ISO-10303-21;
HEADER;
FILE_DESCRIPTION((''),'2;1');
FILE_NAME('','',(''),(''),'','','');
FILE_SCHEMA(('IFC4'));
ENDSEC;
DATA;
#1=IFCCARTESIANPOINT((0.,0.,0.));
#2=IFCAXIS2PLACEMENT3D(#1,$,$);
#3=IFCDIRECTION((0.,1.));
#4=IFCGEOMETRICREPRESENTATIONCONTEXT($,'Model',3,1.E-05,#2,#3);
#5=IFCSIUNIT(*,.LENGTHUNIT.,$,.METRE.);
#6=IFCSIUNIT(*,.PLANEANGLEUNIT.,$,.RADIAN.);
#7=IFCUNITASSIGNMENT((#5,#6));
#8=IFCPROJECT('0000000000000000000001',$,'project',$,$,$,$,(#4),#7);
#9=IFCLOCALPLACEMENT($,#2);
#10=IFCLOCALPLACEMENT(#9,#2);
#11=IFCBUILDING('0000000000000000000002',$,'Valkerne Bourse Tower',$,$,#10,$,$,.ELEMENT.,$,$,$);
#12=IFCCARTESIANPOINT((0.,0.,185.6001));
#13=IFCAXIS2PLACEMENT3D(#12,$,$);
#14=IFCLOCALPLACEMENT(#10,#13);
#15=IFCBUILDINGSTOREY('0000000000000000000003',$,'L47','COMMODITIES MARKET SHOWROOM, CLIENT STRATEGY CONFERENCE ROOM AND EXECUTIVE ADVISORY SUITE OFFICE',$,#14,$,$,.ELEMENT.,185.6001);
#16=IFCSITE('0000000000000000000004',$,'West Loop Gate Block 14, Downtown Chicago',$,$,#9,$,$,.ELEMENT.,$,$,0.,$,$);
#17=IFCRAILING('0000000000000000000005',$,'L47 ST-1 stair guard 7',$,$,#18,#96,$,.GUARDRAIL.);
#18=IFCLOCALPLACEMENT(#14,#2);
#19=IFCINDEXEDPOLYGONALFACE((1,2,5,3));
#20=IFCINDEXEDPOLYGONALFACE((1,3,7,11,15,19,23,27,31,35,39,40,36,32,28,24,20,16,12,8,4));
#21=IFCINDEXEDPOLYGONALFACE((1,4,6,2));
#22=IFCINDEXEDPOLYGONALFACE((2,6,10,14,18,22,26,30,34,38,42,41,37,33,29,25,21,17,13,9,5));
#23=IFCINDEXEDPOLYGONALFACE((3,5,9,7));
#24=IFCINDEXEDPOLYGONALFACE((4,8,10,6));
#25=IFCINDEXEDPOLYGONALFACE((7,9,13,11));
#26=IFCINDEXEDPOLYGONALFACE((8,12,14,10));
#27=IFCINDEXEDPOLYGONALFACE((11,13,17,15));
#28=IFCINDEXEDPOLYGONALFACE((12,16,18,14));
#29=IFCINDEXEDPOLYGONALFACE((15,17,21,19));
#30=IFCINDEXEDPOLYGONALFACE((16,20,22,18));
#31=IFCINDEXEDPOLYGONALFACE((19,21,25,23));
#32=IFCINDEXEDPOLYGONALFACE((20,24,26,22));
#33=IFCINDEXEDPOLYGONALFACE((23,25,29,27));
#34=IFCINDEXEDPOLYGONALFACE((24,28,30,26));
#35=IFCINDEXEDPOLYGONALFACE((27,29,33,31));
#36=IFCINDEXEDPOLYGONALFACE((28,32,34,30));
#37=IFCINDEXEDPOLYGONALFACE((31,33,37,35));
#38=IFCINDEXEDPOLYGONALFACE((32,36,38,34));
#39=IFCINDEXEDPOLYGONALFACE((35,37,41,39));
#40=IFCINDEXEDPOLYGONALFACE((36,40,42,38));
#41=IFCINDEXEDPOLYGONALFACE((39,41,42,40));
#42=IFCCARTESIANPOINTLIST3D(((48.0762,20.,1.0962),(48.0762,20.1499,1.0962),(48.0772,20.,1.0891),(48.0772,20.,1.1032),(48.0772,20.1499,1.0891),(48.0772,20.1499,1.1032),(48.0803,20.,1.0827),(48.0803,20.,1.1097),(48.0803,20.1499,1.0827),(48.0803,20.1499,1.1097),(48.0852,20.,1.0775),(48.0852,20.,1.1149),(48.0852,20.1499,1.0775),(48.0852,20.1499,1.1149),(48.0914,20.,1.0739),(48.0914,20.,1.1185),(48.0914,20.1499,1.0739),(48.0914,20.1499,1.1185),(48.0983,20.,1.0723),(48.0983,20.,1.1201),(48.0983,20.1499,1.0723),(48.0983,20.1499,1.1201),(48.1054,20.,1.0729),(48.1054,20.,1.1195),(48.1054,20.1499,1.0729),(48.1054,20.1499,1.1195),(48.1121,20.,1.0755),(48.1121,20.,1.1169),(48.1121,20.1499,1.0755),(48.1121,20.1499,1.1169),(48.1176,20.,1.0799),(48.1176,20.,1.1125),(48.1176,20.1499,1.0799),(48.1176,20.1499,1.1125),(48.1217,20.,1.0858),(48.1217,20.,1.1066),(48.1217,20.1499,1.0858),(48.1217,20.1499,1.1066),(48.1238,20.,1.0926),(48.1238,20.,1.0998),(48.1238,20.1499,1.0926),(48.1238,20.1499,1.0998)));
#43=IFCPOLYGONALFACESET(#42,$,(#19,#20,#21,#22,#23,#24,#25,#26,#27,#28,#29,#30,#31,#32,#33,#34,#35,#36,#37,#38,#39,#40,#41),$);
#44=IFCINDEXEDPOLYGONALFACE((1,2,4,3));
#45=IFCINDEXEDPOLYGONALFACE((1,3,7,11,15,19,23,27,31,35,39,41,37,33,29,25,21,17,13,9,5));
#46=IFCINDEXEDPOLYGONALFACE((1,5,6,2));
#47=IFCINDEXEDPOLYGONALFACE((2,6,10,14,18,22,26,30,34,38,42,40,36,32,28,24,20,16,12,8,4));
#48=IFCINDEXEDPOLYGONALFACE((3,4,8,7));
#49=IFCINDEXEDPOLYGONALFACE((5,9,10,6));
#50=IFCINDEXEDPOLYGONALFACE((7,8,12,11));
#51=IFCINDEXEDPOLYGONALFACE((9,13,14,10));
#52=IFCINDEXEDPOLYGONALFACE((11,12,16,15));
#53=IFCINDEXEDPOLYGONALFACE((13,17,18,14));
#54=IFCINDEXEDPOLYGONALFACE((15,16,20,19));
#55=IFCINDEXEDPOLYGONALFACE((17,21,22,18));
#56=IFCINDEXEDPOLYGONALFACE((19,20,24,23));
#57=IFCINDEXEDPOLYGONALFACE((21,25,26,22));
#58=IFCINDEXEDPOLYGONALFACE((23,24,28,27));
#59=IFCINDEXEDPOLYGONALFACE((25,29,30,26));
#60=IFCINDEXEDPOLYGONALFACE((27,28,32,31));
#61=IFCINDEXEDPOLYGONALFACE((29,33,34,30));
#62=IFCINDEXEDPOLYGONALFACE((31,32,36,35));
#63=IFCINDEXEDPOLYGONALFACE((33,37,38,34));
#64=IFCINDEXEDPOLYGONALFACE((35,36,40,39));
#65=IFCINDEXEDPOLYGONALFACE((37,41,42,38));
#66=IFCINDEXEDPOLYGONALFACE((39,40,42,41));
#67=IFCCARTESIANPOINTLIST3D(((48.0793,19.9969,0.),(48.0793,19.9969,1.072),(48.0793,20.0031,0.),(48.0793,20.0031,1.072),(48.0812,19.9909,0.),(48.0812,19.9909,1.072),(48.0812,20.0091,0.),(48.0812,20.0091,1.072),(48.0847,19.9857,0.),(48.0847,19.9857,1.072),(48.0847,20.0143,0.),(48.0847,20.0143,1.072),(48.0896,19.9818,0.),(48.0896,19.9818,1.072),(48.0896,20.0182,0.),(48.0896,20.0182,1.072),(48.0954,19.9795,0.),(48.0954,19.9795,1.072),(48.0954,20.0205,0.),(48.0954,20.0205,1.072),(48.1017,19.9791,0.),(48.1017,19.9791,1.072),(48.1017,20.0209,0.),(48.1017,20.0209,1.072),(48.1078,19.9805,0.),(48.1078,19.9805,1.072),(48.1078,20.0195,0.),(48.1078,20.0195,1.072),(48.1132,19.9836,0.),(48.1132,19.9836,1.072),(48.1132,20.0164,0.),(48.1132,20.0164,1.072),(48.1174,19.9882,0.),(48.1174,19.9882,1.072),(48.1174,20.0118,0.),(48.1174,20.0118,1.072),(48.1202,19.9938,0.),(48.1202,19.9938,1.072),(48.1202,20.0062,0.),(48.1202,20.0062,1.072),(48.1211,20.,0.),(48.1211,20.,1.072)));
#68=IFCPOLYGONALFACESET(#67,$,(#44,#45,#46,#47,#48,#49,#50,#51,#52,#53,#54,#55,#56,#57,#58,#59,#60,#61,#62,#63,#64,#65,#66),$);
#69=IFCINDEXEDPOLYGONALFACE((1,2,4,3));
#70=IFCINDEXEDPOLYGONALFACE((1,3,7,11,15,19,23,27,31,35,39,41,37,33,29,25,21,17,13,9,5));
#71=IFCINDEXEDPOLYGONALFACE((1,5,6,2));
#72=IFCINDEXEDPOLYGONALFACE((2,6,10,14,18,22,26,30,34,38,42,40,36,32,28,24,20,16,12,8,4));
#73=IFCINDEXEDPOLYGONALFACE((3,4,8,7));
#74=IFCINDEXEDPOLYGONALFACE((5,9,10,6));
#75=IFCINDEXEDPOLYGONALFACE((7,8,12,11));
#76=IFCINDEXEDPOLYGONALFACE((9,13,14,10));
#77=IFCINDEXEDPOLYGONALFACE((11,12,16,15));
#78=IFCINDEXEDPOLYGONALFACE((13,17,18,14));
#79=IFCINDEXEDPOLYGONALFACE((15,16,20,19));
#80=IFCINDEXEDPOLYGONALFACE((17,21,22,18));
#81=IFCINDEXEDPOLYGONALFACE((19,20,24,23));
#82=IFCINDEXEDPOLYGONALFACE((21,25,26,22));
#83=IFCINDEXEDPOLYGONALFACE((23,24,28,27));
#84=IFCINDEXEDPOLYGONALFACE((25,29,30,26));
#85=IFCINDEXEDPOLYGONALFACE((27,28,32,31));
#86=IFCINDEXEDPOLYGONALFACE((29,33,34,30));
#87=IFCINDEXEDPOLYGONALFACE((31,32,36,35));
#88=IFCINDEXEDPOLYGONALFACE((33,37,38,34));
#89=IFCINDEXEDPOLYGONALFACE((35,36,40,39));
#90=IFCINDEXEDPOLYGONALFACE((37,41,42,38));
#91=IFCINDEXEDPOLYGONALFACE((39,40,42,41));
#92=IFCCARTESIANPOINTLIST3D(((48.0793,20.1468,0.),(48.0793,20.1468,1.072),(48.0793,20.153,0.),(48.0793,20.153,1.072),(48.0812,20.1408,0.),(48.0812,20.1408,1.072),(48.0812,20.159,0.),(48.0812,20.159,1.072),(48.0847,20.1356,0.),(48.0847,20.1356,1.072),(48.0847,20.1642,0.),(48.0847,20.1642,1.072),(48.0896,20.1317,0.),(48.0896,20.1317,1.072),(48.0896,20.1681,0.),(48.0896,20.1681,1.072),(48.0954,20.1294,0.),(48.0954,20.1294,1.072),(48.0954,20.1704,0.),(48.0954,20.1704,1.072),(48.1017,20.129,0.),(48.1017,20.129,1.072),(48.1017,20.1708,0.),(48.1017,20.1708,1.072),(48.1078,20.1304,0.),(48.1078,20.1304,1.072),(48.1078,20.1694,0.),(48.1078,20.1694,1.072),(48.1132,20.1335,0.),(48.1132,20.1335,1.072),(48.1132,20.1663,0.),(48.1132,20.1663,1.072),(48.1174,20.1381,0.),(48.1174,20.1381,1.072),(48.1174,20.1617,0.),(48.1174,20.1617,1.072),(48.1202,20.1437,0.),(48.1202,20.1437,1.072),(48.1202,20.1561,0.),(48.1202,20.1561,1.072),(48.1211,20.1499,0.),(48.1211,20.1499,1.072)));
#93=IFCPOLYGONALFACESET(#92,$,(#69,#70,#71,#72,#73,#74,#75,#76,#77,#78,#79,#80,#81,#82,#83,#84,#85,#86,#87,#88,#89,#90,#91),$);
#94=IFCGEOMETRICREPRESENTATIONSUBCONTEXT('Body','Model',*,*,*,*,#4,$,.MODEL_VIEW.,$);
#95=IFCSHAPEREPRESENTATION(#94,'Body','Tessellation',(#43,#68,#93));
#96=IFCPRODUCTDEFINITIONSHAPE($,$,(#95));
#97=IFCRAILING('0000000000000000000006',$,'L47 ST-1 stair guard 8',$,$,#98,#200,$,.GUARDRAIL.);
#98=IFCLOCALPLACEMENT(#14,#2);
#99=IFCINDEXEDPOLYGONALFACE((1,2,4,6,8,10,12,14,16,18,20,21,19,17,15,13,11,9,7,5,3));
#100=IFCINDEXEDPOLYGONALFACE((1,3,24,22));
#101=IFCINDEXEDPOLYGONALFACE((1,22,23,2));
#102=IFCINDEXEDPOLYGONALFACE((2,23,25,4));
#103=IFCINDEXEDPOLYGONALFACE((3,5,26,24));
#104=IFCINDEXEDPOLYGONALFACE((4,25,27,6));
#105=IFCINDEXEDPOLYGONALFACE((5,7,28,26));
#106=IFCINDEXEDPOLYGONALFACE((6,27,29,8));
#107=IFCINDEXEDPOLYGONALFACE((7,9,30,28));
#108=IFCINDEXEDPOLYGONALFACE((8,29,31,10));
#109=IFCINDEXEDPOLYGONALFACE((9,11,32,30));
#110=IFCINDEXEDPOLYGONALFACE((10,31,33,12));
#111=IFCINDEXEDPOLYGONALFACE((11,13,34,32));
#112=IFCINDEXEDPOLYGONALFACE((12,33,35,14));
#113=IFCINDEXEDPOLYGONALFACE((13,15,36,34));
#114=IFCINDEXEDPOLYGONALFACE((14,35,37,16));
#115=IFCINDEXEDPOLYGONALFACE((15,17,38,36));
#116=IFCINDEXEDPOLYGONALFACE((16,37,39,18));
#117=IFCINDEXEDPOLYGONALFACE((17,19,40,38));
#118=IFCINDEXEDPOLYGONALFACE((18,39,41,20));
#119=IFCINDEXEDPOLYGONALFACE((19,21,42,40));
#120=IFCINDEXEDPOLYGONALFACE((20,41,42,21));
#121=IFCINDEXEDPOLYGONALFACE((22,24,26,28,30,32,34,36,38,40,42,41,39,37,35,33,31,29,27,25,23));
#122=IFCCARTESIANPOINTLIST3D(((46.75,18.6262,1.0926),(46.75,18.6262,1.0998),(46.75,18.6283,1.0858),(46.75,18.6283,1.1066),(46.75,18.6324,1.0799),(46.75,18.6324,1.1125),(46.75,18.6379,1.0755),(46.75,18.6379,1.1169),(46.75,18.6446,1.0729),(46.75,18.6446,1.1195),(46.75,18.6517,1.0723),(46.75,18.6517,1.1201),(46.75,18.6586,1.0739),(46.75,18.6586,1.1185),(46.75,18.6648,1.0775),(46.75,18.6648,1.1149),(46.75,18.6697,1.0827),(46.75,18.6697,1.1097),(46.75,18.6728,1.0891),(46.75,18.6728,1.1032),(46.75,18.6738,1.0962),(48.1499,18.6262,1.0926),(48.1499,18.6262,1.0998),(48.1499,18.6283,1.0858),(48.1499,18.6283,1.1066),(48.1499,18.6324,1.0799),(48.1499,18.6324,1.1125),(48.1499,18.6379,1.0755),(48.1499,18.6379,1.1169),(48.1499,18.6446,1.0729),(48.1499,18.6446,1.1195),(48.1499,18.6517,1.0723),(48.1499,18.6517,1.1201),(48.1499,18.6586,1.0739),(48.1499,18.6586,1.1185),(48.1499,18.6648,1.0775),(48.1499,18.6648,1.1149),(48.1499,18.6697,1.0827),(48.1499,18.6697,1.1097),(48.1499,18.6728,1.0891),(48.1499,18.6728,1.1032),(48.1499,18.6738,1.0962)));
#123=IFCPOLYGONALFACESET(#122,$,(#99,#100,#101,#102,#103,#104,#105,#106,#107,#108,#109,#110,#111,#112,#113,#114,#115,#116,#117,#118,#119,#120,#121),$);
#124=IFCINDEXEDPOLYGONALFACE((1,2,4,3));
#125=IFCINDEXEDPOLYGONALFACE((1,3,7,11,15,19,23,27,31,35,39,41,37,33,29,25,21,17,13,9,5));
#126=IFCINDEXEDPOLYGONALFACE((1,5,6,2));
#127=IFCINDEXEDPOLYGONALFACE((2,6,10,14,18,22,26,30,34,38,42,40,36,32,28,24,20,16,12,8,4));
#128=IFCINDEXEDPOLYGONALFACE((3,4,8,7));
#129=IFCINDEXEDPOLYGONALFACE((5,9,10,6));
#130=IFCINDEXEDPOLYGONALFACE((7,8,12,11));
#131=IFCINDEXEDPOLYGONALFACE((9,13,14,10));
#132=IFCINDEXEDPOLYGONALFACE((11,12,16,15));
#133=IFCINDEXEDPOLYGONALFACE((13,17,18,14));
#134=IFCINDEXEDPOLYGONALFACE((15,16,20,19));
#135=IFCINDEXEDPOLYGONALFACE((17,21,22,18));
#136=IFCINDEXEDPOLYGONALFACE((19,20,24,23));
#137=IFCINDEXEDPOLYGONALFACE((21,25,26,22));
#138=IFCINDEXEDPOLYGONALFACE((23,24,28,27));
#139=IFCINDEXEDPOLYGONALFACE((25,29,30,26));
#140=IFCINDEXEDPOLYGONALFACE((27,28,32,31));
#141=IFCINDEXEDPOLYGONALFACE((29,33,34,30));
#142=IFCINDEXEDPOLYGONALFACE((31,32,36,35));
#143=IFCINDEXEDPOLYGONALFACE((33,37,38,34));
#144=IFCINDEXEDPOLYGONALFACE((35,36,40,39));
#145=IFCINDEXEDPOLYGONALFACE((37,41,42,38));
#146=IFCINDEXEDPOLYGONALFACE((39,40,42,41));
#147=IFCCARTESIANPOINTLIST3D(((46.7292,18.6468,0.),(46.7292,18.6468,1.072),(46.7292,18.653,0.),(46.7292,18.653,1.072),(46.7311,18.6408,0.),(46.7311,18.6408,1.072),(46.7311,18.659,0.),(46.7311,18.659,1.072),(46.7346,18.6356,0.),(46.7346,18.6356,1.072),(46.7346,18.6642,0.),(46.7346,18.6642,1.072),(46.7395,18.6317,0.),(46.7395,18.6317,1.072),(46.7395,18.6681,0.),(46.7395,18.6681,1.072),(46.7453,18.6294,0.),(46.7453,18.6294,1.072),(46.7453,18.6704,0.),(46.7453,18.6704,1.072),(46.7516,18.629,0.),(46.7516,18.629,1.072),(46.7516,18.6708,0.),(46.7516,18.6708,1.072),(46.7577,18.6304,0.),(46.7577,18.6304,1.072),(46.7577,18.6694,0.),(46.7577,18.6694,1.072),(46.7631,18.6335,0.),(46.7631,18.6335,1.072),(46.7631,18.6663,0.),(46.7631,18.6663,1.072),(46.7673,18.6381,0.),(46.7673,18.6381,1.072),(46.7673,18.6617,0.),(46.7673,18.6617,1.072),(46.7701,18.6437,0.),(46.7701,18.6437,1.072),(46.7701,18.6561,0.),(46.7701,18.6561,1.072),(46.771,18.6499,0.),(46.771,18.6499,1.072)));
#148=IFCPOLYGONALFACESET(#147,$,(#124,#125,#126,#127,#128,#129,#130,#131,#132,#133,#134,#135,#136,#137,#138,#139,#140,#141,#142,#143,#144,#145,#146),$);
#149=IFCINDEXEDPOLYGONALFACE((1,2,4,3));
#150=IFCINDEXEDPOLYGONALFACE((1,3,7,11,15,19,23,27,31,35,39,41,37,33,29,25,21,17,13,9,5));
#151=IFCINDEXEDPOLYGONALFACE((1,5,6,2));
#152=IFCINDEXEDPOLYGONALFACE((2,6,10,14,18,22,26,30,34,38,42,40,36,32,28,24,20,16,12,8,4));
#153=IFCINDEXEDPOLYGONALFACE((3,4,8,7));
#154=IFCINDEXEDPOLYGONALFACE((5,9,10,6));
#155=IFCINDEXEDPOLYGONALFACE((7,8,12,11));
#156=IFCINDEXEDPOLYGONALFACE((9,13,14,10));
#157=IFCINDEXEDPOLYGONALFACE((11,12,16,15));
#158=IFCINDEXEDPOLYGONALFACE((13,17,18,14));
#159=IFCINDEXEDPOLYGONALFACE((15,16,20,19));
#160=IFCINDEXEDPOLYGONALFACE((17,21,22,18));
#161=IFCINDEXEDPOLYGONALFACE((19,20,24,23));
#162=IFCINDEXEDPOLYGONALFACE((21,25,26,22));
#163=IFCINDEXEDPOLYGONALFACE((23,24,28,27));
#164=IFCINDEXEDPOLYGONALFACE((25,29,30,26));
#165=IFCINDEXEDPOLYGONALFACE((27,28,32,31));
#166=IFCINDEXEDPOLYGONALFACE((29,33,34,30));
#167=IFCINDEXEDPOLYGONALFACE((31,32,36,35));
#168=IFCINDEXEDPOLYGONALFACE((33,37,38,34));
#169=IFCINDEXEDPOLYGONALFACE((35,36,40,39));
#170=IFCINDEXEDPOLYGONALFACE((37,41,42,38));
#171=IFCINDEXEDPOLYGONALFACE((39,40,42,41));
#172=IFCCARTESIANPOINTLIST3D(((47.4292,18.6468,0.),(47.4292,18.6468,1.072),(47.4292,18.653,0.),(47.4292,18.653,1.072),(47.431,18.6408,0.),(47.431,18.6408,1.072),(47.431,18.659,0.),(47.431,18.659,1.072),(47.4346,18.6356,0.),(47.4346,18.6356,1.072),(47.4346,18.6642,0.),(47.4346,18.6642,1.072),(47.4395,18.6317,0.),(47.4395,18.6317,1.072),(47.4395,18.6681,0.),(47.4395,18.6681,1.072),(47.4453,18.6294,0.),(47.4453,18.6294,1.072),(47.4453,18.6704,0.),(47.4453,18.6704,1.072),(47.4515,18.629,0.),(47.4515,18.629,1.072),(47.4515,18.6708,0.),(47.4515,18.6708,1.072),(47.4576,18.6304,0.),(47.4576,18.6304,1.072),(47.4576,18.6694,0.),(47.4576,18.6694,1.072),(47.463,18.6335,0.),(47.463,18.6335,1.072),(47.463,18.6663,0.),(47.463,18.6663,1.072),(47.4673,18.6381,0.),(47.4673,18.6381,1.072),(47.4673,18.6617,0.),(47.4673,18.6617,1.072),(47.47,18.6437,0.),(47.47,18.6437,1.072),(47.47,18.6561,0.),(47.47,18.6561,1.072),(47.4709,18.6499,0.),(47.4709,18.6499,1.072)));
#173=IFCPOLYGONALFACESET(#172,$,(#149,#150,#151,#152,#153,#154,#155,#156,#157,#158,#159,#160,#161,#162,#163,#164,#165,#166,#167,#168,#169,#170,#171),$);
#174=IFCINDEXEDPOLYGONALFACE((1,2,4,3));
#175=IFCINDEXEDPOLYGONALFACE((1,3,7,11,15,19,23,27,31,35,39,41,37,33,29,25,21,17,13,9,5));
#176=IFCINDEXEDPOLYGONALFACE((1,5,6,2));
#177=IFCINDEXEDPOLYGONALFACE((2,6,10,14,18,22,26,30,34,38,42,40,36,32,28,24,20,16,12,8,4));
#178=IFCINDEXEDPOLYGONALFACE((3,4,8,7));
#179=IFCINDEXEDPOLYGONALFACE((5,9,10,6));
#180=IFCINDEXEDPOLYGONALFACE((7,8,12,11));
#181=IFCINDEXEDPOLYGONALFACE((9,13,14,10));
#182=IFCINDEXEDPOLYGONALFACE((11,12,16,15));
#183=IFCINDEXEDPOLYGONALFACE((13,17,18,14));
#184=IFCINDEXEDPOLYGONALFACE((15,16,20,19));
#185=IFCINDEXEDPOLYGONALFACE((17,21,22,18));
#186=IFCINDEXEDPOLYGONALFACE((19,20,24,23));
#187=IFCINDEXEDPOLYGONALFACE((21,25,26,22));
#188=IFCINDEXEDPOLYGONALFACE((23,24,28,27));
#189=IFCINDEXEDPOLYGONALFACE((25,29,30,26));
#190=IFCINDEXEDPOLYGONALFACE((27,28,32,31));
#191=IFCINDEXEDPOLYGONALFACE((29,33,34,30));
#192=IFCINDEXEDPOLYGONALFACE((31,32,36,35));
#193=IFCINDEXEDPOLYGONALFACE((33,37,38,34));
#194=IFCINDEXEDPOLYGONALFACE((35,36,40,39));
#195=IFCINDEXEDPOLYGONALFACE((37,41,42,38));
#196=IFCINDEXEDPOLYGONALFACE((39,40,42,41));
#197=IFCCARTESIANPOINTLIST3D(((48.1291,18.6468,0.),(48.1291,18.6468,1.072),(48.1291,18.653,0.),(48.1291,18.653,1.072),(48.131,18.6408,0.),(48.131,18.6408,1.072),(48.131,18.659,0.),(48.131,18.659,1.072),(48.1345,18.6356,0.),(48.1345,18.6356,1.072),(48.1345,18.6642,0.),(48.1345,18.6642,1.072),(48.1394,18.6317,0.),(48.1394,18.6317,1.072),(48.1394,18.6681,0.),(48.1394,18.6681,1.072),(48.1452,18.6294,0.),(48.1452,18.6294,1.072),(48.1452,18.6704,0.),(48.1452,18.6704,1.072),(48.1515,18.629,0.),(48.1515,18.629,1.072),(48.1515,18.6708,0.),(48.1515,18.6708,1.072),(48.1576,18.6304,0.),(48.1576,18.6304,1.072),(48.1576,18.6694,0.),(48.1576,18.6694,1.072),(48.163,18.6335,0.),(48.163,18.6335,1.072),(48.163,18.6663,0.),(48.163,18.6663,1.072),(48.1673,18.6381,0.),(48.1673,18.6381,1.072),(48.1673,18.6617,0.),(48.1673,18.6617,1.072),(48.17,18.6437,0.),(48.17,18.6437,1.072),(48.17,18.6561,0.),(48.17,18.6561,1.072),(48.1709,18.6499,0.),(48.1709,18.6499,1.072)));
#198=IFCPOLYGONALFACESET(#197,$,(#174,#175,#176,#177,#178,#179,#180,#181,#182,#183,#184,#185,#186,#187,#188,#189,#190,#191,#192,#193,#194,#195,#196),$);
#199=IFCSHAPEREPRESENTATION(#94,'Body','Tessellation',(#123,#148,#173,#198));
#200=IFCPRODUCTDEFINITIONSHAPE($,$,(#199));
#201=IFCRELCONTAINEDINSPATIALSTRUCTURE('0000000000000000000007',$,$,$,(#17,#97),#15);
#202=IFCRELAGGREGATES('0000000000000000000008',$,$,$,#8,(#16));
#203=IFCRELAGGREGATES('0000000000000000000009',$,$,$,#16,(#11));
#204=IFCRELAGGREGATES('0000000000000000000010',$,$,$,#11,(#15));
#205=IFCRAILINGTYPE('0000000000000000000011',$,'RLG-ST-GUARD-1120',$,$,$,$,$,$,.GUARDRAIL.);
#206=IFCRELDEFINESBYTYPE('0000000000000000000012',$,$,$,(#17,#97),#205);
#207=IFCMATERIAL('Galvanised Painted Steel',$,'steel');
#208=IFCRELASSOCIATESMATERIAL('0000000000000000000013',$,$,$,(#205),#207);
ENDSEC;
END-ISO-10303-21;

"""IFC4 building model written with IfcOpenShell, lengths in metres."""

from ifc_helpers import new_model, si_unit, direction, frame, origin, origin_2d, place, context, subcontext, project, spatial, circle, extrude, material, type_object, element, save


model = new_model("IFC4")

# Units and contexts
model_context = context("Model", 3, precision=1e-05, world=origin(), true_north=direction((0.0, 1.0)))
body_context = subcontext(model_context, "Body", "Model", "MODEL_VIEW")
ifc_project = project(units=[si_unit("LENGTHUNIT", "METRE"), si_unit("PLANEANGLEUNIT", "RADIAN")], contexts=[model_context])

# Site, building, storey
site_placement = place(None, origin())
site = spatial("IfcSite", under=ifc_project, at=site_placement, Name="West Loop Gate Block 14, Downtown Chicago", CompositionType="ELEMENT", RefElevation=0.0)
building_placement = place(site_placement, origin())
building = spatial("IfcBuilding", under=site, at=building_placement, Name="Valkerne Bourse Tower", CompositionType="ELEMENT")
storey_placement = place(building_placement, frame((0.0, 0.0, 185.6001)))
storey = spatial("IfcBuildingStorey", under=building, at=storey_placement, Name="L47", Description="COMMODITIES MARKET SHOWROOM, CLIENT STRATEGY CONFERENCE ROOM AND EXECUTIVE ADVISORY SUITE OFFICE", CompositionType="ELEMENT", Elevation=185.6001)

# Shared definitions
ifc_material_1 = material(Name="Galvanised Painted Steel", Category="steel")

# Railings
railing_type_1 = type_object("IfcRailingType", Name="RLG-ST-GUARD-1120", PredefinedType="GUARDRAIL", material=ifc_material_1)
railing_1_placement = place(storey_placement, frame((48.1001, 20.0, 0.0)))
element("IfcRailing", 1, at=railing_1_placement, inside=storey, type_object=railing_type_1, Name="L47 ST-1 stair guard 7", PredefinedType="GUARDRAIL", context=body_context, shape_type="SweptSolid", body=[
    extrude(circle(Radius=0.0239, at=origin_2d()), frame((0.0, 0.0, 1.0962), z_axis=(0.0, 1.0, 0.0), x_axis=(-1.0, 0.0, 0.0)), (0.0, 0.0, 1.0), 0.1499),
    extrude(circle(Radius=0.021, at=origin_2d()), origin(), (0.0, 0.0, 1.0), 1.072),
    extrude(circle(Radius=0.021, at=origin_2d()), frame((0.0, 0.1499, 0.0)), (0.0, 0.0, 1.0), 1.072),
])
for number, where, name in (
    (2, (46.75, 18.6499, 0.0), "L47 ST-1 stair guard 8"),
):
    element("IfcRailing", number, at=place(storey_placement, frame(where)), inside=storey, type_object=railing_type_1, Name=name, PredefinedType="GUARDRAIL", context=body_context, shape_type="SweptSolid", body=[
        extrude(circle(Radius=0.0239, at=origin_2d()), frame((0.0, 0.0, 1.0962), z_axis=(1.0, 0.0, 0.0), x_axis=(0.0, 1.0, 0.0)), (0.0, 0.0, 1.0), 1.3999),
        extrude(circle(Radius=0.021, at=origin_2d()), origin(), (0.0, 0.0, 1.0), 1.072),
        extrude(circle(Radius=0.021, at=origin_2d()), frame((0.7, 0.0, 0.0)), (0.0, 0.0, 1.0), 1.072),
        extrude(circle(Radius=0.021, at=origin_2d()), frame((1.3999, 0.0, 0.0)), (0.0, 0.0, 1.0), 1.072),
    ])

save(model, "model.ifc")
